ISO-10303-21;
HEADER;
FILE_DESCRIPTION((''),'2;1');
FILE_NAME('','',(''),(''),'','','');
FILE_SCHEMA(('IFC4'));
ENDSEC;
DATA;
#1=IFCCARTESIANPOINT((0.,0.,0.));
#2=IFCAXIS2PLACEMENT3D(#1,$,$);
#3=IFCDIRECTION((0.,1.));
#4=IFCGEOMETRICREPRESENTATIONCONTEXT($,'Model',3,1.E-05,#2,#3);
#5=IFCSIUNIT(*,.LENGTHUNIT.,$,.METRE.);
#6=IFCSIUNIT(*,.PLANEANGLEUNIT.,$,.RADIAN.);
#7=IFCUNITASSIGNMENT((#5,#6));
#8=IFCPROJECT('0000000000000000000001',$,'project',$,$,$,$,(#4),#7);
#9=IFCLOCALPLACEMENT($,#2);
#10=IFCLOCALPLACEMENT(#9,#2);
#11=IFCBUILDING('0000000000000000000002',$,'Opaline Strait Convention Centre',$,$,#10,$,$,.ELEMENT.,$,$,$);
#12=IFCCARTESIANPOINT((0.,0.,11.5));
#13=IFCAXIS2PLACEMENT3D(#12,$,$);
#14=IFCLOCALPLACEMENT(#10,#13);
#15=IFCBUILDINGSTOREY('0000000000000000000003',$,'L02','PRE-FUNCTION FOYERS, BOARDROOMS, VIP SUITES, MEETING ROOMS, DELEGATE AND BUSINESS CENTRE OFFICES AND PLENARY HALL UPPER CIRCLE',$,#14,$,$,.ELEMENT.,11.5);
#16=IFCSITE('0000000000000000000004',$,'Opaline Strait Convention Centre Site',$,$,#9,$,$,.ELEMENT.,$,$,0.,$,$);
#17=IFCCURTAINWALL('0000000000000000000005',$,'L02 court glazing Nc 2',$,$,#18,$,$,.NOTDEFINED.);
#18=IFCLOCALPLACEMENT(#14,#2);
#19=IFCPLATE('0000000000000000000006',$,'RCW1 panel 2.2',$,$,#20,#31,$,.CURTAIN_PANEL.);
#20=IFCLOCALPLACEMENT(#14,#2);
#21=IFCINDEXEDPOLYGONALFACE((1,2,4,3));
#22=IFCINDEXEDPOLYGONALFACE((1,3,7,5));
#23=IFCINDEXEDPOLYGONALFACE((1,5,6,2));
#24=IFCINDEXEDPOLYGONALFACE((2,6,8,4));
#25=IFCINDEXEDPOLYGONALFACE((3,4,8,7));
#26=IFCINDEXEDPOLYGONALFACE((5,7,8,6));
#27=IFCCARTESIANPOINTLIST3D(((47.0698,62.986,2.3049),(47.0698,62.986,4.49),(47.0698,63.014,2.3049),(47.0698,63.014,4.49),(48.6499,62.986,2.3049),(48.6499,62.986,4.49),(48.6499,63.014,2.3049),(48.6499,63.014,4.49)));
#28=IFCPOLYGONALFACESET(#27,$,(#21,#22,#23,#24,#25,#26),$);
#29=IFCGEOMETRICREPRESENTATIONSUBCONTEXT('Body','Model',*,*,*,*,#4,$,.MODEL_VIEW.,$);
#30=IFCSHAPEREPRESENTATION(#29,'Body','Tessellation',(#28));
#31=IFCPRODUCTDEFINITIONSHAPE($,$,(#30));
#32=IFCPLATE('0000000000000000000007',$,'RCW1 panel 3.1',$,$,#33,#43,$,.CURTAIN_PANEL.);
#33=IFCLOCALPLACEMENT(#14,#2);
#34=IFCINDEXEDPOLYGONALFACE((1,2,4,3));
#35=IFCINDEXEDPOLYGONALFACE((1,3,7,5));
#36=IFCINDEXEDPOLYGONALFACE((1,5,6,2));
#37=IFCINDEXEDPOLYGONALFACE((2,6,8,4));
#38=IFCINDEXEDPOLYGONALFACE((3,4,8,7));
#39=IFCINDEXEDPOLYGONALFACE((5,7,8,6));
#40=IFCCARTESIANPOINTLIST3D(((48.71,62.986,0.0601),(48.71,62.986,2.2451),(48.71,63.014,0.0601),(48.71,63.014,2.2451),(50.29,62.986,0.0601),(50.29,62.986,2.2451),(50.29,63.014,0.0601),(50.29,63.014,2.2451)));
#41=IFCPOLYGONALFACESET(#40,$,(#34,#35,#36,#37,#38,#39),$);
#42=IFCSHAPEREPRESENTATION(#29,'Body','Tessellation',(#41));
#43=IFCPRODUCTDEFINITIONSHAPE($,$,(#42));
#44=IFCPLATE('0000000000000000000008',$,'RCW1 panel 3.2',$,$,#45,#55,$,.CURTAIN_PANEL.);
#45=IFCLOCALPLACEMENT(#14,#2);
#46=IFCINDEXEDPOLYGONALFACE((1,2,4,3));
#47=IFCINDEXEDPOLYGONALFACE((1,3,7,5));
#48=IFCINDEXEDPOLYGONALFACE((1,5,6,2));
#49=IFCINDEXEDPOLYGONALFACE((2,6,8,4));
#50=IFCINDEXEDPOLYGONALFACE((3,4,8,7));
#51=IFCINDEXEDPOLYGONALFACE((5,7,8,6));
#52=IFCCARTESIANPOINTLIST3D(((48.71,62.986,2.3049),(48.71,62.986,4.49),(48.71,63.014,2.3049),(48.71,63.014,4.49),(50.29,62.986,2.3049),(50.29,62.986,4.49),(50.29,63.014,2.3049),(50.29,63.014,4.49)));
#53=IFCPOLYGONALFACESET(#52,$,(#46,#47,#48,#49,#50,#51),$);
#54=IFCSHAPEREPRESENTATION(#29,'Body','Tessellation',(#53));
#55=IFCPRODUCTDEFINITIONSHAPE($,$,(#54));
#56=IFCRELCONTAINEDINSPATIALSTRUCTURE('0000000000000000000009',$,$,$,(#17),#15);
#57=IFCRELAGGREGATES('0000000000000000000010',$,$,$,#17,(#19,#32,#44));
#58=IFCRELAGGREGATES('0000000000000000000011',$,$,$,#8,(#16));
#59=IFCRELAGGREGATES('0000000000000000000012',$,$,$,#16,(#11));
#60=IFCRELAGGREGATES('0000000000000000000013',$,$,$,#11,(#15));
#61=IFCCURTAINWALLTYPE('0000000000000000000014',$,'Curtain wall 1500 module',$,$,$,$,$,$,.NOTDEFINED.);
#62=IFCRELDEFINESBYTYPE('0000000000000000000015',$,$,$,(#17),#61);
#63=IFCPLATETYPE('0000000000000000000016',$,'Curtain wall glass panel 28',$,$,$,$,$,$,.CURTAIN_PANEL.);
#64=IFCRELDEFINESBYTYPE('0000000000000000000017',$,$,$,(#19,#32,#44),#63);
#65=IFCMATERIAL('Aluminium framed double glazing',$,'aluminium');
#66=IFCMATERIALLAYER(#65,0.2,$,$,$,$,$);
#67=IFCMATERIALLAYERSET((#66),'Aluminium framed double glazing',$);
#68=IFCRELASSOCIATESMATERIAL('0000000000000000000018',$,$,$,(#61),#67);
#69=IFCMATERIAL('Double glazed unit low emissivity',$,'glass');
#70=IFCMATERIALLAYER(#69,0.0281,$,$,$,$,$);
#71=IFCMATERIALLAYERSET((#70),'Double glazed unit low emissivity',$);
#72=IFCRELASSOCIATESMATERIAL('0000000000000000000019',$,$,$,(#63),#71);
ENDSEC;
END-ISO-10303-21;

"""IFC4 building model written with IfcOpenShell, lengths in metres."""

from ifc_helpers import new_model, si_unit, direction, frame, origin, origin_2d, place, context, subcontext, project, spatial, rectangle, extrude, material, layer, layer_set, type_object, element, aggregate, save


model = new_model("IFC4")

# Units and contexts
model_context = context("Model", 3, precision=1e-05, world=origin(), true_north=direction((0.0, 1.0)))
body_context = subcontext(model_context, "Body", "Model", "MODEL_VIEW")
ifc_project = project(units=[si_unit("LENGTHUNIT", "METRE"), si_unit("PLANEANGLEUNIT", "RADIAN")], contexts=[model_context])

# Site, building, storey
site_placement = place(None, origin())
site = spatial("IfcSite", under=ifc_project, at=site_placement, Name="Opaline Strait Convention Centre Site", CompositionType="ELEMENT", RefElevation=0.0)
building_placement = place(site_placement, origin())
building = spatial("IfcBuilding", under=site, at=building_placement, Name="Opaline Strait Convention Centre", CompositionType="ELEMENT")
storey_placement = place(building_placement, frame((0.0, 0.0, 11.5)))
storey = spatial("IfcBuildingStorey", under=building, at=storey_placement, Name="L02", Description="PRE-FUNCTION FOYERS, BOARDROOMS, VIP SUITES, MEETING ROOMS, DELEGATE AND BUSINESS CENTRE OFFICES AND PLENARY HALL UPPER CIRCLE", CompositionType="ELEMENT", Elevation=11.5)

# Curtain wall
ifc_material_1 = material(Name="Aluminium framed double glazing", Category="aluminium")
ifc_layer_1 = layer(ifc_material_1, 0.2)
ifc_layer_set_1 = layer_set([ifc_layer_1], Name="Aluminium framed double glazing")
curtain_wall_type = type_object("IfcCurtainWallType", Name="Curtain wall 1500 module", PredefinedType="NOTDEFINED", material=ifc_layer_set_1)
curtain_wall_placement = place(storey_placement, origin())
curtain_wall = element("IfcCurtainWall", 1, at=curtain_wall_placement, inside=storey, type_object=curtain_wall_type, Name="L02 court glazing Nc 2", PredefinedType="NOTDEFINED")

# Plates
ifc_material_2 = material(Name="Double glazed unit low emissivity", Category="glass")
ifc_layer_2 = layer(ifc_material_2, 0.0281)
ifc_layer_set_2 = layer_set([ifc_layer_2], Name="Double glazed unit low emissivity")
plate_type = type_object("IfcPlateType", Name="Curtain wall glass panel 28", PredefinedType="CURTAIN_PANEL", material=ifc_layer_set_2)
plate_1_placement = place(storey_placement, frame((47.8599, 63.0, 2.3049), z_axis=(0.0, 0.0, 1.0), x_axis=(1.0, 0.0, 0.0)))
plate_1 = element("IfcPlate", 2, at=plate_1_placement, type_object=plate_type, Name="RCW1 panel 2.2", PredefinedType="CURTAIN_PANEL", context=body_context, shape_type="SweptSolid", body=[
    extrude(rectangle(XDim=1.5801, YDim=0.0281, at=origin_2d()), origin(), (0.0, 0.0, 1.0), 2.1851),
])
plate_2_placement = place(storey_placement, frame((49.5, 63.0, 0.0601), z_axis=(0.0, 0.0, 1.0), x_axis=(1.0, 0.0, 0.0)))
plate_2 = element("IfcPlate", 3, at=plate_2_placement, type_object=plate_type, Name="RCW1 panel 3.1", PredefinedType="CURTAIN_PANEL", context=body_context, shape_type="SweptSolid", body=[
    extrude(rectangle(XDim=1.5801, YDim=0.0281, at=origin_2d()), origin(), (0.0, 0.0, 1.0), 2.1851),
])
plate_3_placement = place(storey_placement, frame((49.5, 63.0, 2.3049), z_axis=(0.0, 0.0, 1.0), x_axis=(1.0, 0.0, 0.0)))
plate_3 = element("IfcPlate", 4, at=plate_3_placement, type_object=plate_type, Name="RCW1 panel 3.2", PredefinedType="CURTAIN_PANEL", context=body_context, shape_type="SweptSolid", body=[
    extrude(rectangle(XDim=1.5801, YDim=0.0281, at=origin_2d()), origin(), (0.0, 0.0, 1.0), 2.1851),
])
aggregate(curtain_wall, [plate_1, plate_2, plate_3])

save(model, "model.ifc")
